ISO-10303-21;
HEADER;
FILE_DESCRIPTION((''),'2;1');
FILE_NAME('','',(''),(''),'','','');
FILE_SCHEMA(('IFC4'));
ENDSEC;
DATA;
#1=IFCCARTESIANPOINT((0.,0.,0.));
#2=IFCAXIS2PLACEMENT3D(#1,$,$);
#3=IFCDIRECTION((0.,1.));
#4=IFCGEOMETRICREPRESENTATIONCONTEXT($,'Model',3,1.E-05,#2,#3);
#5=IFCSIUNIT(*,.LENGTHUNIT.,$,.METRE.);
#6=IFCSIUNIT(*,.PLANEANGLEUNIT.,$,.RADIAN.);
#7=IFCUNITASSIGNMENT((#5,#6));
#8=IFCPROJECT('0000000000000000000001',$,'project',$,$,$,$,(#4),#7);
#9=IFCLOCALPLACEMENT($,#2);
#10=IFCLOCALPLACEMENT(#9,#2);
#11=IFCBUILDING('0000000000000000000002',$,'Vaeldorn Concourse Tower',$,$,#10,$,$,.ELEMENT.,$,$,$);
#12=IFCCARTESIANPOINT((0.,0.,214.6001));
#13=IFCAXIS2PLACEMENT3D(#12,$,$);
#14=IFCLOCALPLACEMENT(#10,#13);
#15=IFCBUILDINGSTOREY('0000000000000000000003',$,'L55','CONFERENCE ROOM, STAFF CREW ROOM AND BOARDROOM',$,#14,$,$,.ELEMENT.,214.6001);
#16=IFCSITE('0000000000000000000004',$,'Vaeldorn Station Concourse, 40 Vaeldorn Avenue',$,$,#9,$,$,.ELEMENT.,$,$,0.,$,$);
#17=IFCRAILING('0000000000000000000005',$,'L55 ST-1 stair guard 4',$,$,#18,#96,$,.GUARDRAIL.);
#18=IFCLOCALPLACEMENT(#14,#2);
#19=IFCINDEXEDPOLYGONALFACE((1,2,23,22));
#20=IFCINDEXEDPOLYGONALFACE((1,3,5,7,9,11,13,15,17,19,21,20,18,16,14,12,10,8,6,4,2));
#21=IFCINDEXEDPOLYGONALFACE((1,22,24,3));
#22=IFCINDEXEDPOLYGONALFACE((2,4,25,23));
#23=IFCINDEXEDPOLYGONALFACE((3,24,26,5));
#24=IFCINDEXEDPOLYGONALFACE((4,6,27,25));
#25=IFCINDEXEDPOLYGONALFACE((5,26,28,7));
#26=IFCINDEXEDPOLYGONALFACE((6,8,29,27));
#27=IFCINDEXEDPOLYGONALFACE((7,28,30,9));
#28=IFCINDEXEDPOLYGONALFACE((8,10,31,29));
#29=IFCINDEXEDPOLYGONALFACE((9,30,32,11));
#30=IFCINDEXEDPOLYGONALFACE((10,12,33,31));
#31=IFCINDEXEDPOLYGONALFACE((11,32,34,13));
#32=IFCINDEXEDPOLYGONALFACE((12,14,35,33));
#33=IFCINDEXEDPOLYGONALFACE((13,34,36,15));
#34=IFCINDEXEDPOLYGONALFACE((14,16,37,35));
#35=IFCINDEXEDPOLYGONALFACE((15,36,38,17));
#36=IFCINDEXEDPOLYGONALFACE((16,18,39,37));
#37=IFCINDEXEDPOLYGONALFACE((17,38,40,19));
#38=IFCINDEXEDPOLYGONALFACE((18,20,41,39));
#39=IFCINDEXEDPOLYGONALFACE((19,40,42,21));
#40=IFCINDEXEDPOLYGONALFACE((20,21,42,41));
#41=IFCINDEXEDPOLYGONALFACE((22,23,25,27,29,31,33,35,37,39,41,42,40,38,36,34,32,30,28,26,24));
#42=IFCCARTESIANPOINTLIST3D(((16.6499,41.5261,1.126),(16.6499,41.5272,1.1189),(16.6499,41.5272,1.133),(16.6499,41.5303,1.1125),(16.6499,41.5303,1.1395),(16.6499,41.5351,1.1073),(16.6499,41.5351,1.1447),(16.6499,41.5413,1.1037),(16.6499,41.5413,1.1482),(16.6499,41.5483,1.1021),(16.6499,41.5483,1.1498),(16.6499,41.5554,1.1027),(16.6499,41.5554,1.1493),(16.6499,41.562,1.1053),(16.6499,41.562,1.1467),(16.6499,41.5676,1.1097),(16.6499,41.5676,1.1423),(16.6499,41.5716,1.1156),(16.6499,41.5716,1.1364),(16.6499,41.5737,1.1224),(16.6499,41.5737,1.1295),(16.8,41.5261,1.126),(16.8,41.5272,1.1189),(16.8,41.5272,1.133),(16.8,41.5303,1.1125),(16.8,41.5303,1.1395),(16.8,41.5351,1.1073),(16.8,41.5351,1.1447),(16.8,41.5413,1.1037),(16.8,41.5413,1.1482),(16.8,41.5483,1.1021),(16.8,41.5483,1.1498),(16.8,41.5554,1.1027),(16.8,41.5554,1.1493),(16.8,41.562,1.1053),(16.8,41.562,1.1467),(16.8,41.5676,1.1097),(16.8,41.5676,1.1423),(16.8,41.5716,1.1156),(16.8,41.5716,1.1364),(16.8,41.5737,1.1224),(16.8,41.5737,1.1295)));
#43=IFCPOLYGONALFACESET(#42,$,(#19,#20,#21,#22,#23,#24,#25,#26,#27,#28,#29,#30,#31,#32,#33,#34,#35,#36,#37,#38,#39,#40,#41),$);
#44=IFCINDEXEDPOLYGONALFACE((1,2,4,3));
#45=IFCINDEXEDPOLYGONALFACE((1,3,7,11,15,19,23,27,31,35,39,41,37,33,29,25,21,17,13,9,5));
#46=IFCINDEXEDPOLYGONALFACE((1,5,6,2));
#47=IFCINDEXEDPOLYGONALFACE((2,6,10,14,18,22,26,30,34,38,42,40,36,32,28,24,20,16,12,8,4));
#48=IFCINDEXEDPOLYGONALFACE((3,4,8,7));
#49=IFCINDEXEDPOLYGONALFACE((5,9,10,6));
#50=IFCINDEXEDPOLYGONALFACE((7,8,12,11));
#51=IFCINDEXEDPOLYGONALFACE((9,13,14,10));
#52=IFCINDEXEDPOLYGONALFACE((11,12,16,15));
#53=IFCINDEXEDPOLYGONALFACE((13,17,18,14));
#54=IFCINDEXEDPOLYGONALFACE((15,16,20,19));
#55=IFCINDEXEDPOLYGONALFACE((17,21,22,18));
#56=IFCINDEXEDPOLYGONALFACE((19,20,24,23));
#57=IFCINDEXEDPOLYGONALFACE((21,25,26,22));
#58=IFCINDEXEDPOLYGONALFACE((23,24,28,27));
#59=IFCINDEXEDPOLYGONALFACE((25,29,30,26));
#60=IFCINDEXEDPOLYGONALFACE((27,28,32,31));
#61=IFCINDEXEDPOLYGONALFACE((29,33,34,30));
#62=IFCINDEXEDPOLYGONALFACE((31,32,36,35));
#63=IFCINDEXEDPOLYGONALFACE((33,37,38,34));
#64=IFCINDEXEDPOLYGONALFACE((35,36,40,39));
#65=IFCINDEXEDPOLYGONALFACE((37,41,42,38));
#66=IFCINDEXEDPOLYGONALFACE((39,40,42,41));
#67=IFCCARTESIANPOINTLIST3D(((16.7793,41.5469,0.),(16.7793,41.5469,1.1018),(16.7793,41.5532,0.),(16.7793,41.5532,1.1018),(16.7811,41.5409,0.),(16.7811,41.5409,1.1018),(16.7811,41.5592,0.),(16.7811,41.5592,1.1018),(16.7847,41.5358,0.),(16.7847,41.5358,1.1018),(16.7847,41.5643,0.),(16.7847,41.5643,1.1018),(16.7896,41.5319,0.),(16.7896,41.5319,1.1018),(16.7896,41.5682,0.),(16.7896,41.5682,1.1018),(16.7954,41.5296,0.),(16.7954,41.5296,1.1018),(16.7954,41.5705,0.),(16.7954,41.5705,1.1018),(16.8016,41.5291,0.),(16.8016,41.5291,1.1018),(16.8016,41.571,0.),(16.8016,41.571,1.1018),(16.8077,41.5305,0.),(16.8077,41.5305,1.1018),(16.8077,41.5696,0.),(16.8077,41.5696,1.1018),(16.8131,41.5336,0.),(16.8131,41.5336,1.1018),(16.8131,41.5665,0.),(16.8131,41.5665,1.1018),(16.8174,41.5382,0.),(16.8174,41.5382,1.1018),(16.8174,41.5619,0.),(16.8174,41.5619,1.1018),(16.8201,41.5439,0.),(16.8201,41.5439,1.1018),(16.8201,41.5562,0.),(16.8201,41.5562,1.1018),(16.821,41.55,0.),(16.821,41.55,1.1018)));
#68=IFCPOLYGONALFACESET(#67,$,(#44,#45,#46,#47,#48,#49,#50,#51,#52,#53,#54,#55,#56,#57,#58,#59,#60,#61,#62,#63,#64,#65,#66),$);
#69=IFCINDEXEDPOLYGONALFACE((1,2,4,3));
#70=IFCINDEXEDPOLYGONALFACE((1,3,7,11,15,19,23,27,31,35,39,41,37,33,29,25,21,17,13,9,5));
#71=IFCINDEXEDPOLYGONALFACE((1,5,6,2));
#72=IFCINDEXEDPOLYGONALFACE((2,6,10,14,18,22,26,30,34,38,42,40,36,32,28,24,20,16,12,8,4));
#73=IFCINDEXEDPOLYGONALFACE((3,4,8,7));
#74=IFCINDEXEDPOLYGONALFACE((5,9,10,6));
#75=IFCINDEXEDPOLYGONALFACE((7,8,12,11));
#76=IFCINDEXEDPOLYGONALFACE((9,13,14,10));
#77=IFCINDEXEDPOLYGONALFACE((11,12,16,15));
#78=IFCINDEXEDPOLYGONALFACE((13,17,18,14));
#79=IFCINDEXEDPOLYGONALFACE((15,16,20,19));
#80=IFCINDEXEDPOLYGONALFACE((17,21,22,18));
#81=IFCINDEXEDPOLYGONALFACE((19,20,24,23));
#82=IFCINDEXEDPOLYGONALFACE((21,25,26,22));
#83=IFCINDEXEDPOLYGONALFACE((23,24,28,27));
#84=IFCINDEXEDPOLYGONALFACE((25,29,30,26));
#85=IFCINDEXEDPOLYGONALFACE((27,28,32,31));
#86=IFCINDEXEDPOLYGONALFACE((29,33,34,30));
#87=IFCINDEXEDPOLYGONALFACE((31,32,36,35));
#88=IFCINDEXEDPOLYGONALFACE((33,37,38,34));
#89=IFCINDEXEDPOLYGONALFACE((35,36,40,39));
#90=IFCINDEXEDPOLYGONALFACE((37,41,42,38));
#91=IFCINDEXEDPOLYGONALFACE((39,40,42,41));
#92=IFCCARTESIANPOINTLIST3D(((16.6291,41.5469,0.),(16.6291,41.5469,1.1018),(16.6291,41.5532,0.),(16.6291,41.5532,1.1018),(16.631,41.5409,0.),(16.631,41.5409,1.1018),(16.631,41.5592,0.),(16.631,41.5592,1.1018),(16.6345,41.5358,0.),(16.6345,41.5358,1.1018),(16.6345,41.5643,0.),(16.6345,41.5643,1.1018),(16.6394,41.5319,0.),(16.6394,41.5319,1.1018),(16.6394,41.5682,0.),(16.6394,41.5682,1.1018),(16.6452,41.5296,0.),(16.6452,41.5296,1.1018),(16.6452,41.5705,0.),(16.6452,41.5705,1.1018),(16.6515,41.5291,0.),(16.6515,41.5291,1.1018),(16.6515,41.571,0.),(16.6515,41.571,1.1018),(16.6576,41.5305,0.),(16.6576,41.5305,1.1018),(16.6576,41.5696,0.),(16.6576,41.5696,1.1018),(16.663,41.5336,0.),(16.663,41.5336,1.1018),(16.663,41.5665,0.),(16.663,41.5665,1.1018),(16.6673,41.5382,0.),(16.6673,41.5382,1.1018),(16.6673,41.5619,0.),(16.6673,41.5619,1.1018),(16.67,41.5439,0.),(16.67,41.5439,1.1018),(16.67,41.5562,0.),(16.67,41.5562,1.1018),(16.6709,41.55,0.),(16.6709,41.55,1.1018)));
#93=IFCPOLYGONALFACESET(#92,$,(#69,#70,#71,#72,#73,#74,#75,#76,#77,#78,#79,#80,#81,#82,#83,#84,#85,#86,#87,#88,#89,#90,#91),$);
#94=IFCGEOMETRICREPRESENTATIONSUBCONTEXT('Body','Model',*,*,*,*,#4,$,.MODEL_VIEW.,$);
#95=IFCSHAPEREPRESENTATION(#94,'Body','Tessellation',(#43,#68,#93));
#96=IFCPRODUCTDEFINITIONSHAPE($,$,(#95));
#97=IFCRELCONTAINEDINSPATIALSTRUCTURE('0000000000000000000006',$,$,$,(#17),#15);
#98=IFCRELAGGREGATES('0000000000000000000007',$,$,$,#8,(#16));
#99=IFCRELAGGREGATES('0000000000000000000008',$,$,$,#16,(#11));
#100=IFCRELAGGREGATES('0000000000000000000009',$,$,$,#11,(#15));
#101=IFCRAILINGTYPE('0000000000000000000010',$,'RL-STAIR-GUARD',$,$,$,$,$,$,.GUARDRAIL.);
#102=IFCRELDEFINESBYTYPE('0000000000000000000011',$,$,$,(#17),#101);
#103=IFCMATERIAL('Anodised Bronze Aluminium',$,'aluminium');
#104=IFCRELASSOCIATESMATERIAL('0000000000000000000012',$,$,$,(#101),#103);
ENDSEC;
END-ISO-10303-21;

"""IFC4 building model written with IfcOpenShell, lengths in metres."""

from ifc_helpers import new_model, si_unit, direction, frame, origin, origin_2d, place, context, subcontext, project, spatial, circle, extrude, material, type_object, element, save


model = new_model("IFC4")

# Units and contexts
model_context = context("Model", 3, precision=1e-05, world=origin(), true_north=direction((0.0, 1.0)))
body_context = subcontext(model_context, "Body", "Model", "MODEL_VIEW")
ifc_project = project(units=[si_unit("LENGTHUNIT", "METRE"), si_unit("PLANEANGLEUNIT", "RADIAN")], contexts=[model_context])

# Site, building, storey
site_placement = place(None, origin())
site = spatial("IfcSite", under=ifc_project, at=site_placement, Name="Vaeldorn Station Concourse, 40 Vaeldorn Avenue", CompositionType="ELEMENT", RefElevation=0.0)
building_placement = place(site_placement, origin())
building = spatial("IfcBuilding", under=site, at=building_placement, Name="Vaeldorn Concourse Tower", CompositionType="ELEMENT")
storey_placement = place(building_placement, frame((0.0, 0.0, 214.6001)))
storey = spatial("IfcBuildingStorey", under=building, at=storey_placement, Name="L55", Description="CONFERENCE ROOM, STAFF CREW ROOM AND BOARDROOM", CompositionType="ELEMENT", Elevation=214.6001)

# Shared definitions
ifc_material_1 = material(Name="Anodised Bronze Aluminium", Category="aluminium")

# Railing
railing_type_1 = type_object("IfcRailingType", Name="RL-STAIR-GUARD", PredefinedType="GUARDRAIL", material=ifc_material_1)
railing_1_placement = place(storey_placement, frame((16.8, 41.55, 0.0)))
element("IfcRailing", 1, at=railing_1_placement, inside=storey, type_object=railing_type_1, Name="L55 ST-1 stair guard 4", PredefinedType="GUARDRAIL", context=body_context, shape_type="SweptSolid", body=[
    extrude(circle(Radius=0.0239, at=origin_2d()), frame((0.0, 0.0, 1.126), z_axis=(-1.0, 0.0, 0.0), x_axis=(0.0, -1.0, 0.0)), (0.0, 0.0, 1.0), 0.1501),
    extrude(circle(Radius=0.021, at=origin_2d()), origin(), (0.0, 0.0, 1.0), 1.1018),
    extrude(circle(Radius=0.021, at=origin_2d()), frame((-0.1501, 0.0, 0.0)), (0.0, 0.0, 1.0), 1.1018),
])

save(model, "model.ifc")
